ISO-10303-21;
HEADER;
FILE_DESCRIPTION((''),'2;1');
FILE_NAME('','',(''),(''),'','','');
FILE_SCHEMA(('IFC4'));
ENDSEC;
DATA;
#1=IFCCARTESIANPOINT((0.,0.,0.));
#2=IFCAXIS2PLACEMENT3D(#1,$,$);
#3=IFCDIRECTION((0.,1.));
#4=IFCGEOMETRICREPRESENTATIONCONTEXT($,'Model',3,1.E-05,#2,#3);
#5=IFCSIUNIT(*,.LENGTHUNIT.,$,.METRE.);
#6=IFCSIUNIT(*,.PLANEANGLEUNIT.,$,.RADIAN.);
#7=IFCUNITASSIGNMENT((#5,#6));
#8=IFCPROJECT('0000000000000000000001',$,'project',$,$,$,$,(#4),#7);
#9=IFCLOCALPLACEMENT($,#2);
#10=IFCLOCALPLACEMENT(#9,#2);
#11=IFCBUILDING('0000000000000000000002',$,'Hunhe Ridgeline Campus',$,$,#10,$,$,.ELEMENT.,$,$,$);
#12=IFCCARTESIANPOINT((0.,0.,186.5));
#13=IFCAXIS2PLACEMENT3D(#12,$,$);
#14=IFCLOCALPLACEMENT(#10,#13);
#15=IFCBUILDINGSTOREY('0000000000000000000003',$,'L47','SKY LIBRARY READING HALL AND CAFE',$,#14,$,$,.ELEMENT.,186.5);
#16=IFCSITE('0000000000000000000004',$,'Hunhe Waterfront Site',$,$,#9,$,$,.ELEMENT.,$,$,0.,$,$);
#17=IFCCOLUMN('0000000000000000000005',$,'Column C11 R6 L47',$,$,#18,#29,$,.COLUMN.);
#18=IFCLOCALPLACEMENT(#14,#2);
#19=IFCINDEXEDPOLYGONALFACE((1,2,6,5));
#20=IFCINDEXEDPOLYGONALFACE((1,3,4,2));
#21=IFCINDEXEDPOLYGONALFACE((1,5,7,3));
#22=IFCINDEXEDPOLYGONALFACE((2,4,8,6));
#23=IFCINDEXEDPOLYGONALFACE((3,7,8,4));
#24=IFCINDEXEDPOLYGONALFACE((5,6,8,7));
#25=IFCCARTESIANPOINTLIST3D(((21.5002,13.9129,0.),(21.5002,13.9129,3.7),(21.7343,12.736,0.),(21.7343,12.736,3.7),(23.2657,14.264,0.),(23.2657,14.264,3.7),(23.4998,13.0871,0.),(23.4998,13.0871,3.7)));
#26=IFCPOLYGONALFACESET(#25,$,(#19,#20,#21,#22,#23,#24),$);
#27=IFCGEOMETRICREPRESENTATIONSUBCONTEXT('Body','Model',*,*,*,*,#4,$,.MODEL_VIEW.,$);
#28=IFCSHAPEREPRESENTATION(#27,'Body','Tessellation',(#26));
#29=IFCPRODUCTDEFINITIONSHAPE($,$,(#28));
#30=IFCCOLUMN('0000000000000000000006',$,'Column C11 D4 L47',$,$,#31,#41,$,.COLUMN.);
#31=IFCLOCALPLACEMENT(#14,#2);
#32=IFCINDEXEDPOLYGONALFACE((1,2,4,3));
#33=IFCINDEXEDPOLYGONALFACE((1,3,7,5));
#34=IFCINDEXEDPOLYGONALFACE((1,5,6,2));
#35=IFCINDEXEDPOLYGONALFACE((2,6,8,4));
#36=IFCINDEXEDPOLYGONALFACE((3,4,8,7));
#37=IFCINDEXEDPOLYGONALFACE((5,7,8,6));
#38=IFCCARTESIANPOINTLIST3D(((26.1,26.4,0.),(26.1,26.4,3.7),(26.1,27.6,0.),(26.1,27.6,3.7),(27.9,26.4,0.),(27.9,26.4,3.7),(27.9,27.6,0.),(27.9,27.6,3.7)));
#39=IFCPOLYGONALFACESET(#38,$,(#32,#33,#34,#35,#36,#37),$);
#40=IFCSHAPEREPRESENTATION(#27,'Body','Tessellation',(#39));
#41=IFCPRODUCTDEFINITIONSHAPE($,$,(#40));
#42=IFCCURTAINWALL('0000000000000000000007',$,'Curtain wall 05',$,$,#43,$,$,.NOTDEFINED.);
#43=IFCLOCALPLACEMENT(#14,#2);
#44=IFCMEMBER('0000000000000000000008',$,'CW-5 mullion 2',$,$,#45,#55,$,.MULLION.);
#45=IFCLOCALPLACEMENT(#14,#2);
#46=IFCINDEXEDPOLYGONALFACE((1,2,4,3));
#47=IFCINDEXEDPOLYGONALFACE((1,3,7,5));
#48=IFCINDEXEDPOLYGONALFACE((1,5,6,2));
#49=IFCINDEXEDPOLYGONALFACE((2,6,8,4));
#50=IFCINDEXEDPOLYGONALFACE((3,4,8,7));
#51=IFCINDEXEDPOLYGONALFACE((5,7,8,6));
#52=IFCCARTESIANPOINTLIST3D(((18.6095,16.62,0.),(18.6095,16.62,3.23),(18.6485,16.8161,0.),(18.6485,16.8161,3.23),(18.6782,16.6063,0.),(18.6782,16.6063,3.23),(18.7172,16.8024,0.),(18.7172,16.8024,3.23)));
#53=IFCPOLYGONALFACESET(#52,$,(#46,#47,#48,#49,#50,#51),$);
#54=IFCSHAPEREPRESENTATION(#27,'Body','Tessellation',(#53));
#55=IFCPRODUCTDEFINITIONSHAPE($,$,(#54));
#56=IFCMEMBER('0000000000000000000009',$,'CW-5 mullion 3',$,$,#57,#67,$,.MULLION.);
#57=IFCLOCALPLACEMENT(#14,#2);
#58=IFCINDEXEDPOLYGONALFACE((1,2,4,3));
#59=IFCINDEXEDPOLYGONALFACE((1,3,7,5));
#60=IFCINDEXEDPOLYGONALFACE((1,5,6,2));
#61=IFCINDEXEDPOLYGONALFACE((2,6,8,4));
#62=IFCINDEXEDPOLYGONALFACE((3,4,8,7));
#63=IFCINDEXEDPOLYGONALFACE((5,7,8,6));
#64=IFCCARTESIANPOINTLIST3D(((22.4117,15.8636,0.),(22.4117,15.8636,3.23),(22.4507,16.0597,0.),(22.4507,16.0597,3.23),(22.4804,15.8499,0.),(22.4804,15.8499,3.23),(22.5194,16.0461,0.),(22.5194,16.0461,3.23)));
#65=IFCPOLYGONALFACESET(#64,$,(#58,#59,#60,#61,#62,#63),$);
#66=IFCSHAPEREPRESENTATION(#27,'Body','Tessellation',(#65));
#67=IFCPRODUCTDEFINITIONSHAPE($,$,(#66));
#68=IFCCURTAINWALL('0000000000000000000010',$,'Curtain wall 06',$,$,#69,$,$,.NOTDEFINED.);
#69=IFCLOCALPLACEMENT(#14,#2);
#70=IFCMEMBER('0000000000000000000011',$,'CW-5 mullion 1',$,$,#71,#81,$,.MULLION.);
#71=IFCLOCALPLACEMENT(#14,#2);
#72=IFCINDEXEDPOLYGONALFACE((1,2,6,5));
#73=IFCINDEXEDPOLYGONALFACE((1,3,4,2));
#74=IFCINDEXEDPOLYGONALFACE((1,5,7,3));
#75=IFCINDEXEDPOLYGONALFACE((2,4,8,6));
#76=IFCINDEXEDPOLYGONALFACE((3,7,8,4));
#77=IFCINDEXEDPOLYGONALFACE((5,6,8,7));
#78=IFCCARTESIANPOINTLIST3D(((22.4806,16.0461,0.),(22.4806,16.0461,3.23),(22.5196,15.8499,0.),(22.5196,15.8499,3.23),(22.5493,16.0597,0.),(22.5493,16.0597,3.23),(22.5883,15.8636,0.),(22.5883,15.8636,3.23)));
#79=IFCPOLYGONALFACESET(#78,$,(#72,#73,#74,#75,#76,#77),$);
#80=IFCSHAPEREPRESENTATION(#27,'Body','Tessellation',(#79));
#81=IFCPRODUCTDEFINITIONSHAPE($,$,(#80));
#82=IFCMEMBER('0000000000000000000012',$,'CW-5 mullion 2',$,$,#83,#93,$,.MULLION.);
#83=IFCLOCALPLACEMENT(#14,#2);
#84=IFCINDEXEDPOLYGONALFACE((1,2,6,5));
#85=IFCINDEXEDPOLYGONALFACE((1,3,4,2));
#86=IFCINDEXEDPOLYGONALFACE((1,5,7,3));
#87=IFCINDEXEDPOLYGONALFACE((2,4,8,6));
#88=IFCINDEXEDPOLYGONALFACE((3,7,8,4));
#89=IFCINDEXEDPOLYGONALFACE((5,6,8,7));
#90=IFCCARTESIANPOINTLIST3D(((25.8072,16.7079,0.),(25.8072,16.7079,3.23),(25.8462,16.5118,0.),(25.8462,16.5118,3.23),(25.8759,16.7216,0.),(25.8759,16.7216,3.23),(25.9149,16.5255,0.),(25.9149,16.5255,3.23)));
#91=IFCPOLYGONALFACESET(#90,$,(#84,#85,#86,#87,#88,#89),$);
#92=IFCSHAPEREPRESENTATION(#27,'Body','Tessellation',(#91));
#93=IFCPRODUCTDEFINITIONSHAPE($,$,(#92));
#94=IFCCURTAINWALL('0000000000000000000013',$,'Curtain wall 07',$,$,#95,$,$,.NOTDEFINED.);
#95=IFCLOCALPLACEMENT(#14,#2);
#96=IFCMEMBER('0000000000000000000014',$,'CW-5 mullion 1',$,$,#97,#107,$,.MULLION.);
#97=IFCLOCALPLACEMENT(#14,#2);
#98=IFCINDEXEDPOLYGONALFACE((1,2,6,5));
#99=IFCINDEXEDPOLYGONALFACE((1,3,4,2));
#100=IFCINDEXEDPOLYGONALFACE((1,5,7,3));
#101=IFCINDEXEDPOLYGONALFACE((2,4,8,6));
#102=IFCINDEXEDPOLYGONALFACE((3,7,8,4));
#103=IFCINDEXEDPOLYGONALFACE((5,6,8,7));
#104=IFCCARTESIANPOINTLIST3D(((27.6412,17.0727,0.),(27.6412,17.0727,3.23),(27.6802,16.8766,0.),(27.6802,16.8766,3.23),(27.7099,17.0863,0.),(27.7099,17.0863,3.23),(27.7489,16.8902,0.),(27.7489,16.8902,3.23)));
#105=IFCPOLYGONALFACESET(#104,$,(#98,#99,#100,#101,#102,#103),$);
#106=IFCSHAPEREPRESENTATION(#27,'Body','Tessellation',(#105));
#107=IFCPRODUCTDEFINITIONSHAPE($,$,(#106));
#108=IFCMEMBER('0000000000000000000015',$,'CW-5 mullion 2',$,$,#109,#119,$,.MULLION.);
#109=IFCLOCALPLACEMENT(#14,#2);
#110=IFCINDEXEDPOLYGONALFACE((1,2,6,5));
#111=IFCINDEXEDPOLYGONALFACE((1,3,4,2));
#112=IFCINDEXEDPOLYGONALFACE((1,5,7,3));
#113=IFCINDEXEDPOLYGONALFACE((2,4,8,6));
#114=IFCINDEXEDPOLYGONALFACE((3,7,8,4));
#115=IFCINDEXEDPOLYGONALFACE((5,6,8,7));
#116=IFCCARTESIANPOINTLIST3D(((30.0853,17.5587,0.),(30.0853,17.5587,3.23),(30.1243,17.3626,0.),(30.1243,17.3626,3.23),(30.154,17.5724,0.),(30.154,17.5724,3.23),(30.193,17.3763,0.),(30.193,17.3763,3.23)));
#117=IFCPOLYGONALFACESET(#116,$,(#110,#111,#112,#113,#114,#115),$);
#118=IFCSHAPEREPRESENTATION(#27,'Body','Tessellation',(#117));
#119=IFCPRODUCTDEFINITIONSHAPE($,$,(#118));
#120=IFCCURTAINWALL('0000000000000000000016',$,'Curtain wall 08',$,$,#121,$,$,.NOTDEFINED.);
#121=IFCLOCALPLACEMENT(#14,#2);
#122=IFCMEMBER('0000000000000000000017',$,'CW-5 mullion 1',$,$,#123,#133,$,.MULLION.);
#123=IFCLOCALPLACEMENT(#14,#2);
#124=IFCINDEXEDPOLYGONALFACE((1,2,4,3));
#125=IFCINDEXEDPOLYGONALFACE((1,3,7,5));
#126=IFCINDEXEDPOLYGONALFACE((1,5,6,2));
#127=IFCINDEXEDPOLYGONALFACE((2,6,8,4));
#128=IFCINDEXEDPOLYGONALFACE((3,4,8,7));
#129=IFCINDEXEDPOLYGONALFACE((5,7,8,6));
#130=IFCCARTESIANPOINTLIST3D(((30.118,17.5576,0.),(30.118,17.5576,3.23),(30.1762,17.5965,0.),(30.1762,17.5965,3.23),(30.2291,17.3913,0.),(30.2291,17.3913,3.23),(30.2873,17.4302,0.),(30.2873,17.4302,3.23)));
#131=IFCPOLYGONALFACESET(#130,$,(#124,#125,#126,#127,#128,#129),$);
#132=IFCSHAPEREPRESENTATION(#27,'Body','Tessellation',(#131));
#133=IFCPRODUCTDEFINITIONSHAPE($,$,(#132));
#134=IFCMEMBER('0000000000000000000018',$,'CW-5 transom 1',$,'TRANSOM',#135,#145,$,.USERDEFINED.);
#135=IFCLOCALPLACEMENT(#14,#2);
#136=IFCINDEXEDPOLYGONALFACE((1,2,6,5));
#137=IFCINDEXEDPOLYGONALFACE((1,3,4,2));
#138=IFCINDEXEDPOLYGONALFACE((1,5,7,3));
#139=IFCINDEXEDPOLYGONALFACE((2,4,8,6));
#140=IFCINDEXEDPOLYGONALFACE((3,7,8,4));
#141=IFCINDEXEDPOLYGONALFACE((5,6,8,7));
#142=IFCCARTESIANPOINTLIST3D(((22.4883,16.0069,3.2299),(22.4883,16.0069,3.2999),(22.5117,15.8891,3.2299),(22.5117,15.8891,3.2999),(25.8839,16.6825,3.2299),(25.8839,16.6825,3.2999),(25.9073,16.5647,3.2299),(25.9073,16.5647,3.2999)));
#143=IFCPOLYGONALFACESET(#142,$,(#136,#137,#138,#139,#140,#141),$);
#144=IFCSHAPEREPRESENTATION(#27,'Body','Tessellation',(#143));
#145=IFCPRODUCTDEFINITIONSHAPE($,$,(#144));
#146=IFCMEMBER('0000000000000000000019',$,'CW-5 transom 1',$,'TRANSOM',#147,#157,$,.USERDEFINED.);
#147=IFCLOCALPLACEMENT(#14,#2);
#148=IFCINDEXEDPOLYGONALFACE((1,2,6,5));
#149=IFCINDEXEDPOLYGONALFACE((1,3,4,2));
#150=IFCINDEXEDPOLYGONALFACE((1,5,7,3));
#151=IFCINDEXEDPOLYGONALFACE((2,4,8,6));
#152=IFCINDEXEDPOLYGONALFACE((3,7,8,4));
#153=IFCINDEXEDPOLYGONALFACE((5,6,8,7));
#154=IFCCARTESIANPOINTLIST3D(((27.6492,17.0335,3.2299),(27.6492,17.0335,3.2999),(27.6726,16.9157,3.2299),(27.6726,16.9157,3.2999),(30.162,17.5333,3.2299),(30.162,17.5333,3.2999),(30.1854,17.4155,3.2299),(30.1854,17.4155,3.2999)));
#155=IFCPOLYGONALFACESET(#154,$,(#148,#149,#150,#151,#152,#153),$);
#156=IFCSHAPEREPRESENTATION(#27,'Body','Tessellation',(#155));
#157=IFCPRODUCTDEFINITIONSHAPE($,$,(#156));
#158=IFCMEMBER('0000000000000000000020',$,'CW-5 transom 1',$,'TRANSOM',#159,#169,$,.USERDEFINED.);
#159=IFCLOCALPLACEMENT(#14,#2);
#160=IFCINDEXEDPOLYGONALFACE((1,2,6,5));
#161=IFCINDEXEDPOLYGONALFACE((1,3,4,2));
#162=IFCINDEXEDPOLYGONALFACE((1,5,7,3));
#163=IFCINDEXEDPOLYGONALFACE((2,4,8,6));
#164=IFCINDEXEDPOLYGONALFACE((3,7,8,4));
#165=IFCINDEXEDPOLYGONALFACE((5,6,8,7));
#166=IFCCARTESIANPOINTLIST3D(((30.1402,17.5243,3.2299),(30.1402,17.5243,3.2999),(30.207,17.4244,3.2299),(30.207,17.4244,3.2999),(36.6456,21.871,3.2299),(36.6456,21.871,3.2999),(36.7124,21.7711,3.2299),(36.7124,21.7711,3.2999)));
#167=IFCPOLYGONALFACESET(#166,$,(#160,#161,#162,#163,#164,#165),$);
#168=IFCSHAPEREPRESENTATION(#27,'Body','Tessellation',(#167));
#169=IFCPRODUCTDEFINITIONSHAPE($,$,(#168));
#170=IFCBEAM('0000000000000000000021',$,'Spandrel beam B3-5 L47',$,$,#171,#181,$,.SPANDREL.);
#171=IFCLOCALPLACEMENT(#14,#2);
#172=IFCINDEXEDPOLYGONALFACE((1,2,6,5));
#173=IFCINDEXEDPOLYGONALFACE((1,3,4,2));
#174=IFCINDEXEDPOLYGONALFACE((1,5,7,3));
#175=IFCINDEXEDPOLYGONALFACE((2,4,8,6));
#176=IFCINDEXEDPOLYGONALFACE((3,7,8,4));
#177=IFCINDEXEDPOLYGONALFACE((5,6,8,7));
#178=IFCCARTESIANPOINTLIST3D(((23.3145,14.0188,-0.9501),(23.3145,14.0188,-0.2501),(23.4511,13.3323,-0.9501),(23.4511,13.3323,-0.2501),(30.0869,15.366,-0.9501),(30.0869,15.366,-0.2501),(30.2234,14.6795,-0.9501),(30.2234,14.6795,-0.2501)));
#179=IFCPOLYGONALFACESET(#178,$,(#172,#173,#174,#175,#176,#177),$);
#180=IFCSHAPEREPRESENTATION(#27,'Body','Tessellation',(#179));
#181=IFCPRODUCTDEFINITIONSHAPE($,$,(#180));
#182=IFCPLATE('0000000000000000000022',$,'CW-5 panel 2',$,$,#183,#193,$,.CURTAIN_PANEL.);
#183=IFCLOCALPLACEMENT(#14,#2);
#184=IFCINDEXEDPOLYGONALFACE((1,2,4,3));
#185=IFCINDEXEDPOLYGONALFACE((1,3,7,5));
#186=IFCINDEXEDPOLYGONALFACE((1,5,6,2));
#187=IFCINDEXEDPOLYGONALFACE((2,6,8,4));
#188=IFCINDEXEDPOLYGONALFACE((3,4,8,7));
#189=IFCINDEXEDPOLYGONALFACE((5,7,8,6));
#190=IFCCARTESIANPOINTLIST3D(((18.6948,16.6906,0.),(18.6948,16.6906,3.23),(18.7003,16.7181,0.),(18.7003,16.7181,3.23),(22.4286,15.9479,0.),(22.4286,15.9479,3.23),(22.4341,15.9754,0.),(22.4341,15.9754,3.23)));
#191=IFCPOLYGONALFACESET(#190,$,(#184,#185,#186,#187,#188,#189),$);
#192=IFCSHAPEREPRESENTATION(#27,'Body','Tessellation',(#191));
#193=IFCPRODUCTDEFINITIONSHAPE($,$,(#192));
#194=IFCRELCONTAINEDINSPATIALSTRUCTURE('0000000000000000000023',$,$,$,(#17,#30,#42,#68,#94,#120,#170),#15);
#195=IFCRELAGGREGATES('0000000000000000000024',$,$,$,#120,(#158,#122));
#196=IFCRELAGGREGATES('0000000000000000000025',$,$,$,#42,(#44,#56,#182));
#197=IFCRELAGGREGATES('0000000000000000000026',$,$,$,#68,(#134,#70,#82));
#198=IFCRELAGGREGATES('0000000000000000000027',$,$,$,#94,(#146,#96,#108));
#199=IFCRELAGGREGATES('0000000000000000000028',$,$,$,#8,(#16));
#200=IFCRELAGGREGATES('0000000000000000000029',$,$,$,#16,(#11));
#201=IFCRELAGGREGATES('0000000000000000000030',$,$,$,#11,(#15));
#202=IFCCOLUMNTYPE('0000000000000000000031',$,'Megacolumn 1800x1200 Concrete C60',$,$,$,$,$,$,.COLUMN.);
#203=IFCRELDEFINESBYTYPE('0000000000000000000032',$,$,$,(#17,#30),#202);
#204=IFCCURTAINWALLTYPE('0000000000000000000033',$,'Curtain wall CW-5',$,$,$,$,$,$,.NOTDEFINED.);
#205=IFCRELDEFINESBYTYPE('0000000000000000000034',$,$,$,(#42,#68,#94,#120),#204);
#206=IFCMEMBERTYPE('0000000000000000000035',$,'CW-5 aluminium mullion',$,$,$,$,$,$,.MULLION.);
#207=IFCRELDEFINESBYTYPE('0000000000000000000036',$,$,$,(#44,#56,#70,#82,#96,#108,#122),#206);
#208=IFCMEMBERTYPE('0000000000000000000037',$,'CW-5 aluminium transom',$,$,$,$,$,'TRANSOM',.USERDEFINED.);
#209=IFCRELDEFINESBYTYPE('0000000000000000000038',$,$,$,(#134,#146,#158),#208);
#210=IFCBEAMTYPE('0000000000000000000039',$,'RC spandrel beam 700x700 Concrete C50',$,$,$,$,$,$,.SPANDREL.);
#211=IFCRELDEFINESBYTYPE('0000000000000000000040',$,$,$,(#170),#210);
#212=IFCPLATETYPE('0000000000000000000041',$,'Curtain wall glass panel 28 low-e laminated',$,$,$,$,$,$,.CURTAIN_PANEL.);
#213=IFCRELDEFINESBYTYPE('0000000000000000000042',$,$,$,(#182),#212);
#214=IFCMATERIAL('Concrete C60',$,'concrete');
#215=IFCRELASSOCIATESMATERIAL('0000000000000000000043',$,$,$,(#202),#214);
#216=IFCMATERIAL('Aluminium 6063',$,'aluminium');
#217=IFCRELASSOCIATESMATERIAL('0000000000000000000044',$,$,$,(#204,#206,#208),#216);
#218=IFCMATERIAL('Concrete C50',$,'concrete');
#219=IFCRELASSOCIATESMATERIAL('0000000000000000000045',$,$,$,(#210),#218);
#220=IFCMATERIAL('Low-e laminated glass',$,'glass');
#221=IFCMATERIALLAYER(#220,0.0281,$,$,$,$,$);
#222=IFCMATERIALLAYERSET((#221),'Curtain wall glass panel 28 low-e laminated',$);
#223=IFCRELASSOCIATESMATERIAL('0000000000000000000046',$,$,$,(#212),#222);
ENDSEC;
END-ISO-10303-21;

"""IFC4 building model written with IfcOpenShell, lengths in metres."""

from ifc_helpers import new_model, si_unit, direction, frame, origin, origin_2d, place, context, subcontext, project, spatial, rectangle, extrude, material, layer, layer_set, material_profile, profile_set, type_object, element, aggregate, save


model = new_model("IFC4")

# Units and contexts
model_context = context("Model", 3, precision=1e-05, world=origin(), true_north=direction((0.0, 1.0)))
body_context = subcontext(model_context, "Body", "Model", "MODEL_VIEW")
ifc_project = project(units=[si_unit("LENGTHUNIT", "METRE"), si_unit("PLANEANGLEUNIT", "RADIAN")], contexts=[model_context])

# Site, building, storey
site_placement = place(None, origin())
site = spatial("IfcSite", under=ifc_project, at=site_placement, Name="Hunhe Waterfront Site", CompositionType="ELEMENT", RefElevation=0.0)
building_placement = place(site_placement, origin())
building = spatial("IfcBuilding", under=site, at=building_placement, Name="Hunhe Ridgeline Campus", CompositionType="ELEMENT")
storey_placement = place(building_placement, frame((0.0, 0.0, 186.5)))
storey = spatial("IfcBuildingStorey", under=building, at=storey_placement, Name="L47", Description="SKY LIBRARY READING HALL AND CAFE", CompositionType="ELEMENT", Elevation=186.5)

# Columns
ifc_material_1 = material(Name="Concrete C60", Category="concrete")
ifc_material_profile_1 = material_profile(ifc_material_1, rectangle(XDim=1.8, YDim=1.2, at=origin_2d()))
ifc_profile_set_1 = profile_set([ifc_material_profile_1], Name="Concrete C60")
column_type = type_object("IfcColumnType", Name="Megacolumn 1800x1200 Concrete C60", PredefinedType="COLUMN", material=ifc_profile_set_1)
for number, where, z_axis, x_axis, name in (
    (1, (22.5, 13.5, 0.0), (0.0, 0.0, 1.0), (0.980785, 0.19509, 0.0), "Column C11 R6 L47"),
    (2, (27.0, 27.0, 0.0), (0.0, 0.0, 1.0), (1.0, 0.0, 0.0), "Column C11 D4 L47"),
):
    element("IfcColumn", number, at=place(storey_placement, frame(where, z_axis=z_axis, x_axis=x_axis)), inside=storey, type_object=column_type, Name=name, PredefinedType="COLUMN", context=body_context, shape_type="SweptSolid", body=[
        extrude(rectangle(XDim=1.8, YDim=1.2, at=origin_2d()), origin(), (0.0, 0.0, 1.0), 3.7),
    ])

# Curtain walls, members
ifc_material_2 = material(Name="Aluminium 6063", Category="aluminium")
curtain_wall_type = type_object("IfcCurtainWallType", Name="Curtain wall CW-5", PredefinedType="NOTDEFINED", material=ifc_material_2)
curtain_wall_1_placement = place(storey_placement, origin())
curtain_wall_1 = element("IfcCurtainWall", 3, at=curtain_wall_1_placement, inside=storey, type_object=curtain_wall_type, Name="Curtain wall 05", PredefinedType="NOTDEFINED")
ifc_material_profile_2 = material_profile(ifc_material_2, rectangle(XDim=0.2, YDim=0.0701, at=origin_2d()))
ifc_profile_set_2 = profile_set([ifc_material_profile_2], Name="Aluminium 6063")
member_type_1 = type_object("IfcMemberType", Name="CW-5 aluminium mullion", PredefinedType="MULLION", material=ifc_profile_set_2)
member_1_placement = place(storey_placement, frame((18.6633, 16.7112, 0.0), z_axis=(0.0, 0.0, 1.0), x_axis=(0.19509, 0.980785, 0.0)))
member_1 = element("IfcMember", 4, at=member_1_placement, type_object=member_type_1, Name="CW-5 mullion 2", PredefinedType="MULLION", context=body_context, shape_type="SweptSolid", body=[
    extrude(rectangle(XDim=0.2, YDim=0.0701, at=origin_2d()), origin(), (0.0, 0.0, 1.0), 3.23),
])
member_2_placement = place(storey_placement, frame((22.4656, 15.9548, 0.0), z_axis=(0.0, 0.0, 1.0), x_axis=(0.19509, 0.980785, 0.0)))
member_2 = element("IfcMember", 5, at=member_2_placement, type_object=member_type_1, Name="CW-5 mullion 3", PredefinedType="MULLION", context=body_context, shape_type="SweptSolid", body=[
    extrude(rectangle(XDim=0.2, YDim=0.0701, at=origin_2d()), origin(), (0.0, 0.0, 1.0), 3.23),
])
curtain_wall_2_placement = place(storey_placement, origin())
curtain_wall_2 = element("IfcCurtainWall", 6, at=curtain_wall_2_placement, inside=storey, type_object=curtain_wall_type, Name="Curtain wall 06", PredefinedType="NOTDEFINED")
member_3_placement = place(storey_placement, frame((22.5344, 15.9548, 0.0), z_axis=(0.0, 0.0, 1.0), x_axis=(-0.19509, 0.980785, 0.0)))
member_3 = element("IfcMember", 7, at=member_3_placement, type_object=member_type_1, Name="CW-5 mullion 1", PredefinedType="MULLION", context=body_context, shape_type="SweptSolid", body=[
    extrude(rectangle(XDim=0.2, YDim=0.0701, at=origin_2d()), origin(), (0.0, 0.0, 1.0), 3.23),
])
member_4_placement = place(storey_placement, frame((25.8611, 16.6167, 0.0), z_axis=(0.0, 0.0, 1.0), x_axis=(-0.19509, 0.980785, 0.0)))
member_4 = element("IfcMember", 8, at=member_4_placement, type_object=member_type_1, Name="CW-5 mullion 2", PredefinedType="MULLION", context=body_context, shape_type="SweptSolid", body=[
    extrude(rectangle(XDim=0.2, YDim=0.0701, at=origin_2d()), origin(), (0.0, 0.0, 1.0), 3.23),
])
curtain_wall_3_placement = place(storey_placement, origin())
curtain_wall_3 = element("IfcCurtainWall", 9, at=curtain_wall_3_placement, inside=storey, type_object=curtain_wall_type, Name="Curtain wall 07", PredefinedType="NOTDEFINED")
member_5_placement = place(storey_placement, frame((27.6951, 16.9814, 0.0), z_axis=(0.0, 0.0, 1.0), x_axis=(-0.195091, 0.980785, 0.0)))
member_5 = element("IfcMember", 10, at=member_5_placement, type_object=member_type_1, Name="CW-5 mullion 1", PredefinedType="MULLION", context=body_context, shape_type="SweptSolid", body=[
    extrude(rectangle(XDim=0.2, YDim=0.0701, at=origin_2d()), origin(), (0.0, 0.0, 1.0), 3.23),
])
member_6_placement = place(storey_placement, frame((30.1392, 17.4675, 0.0), z_axis=(0.0, 0.0, 1.0), x_axis=(-0.195091, 0.980785, 0.0)))
member_6 = element("IfcMember", 11, at=member_6_placement, type_object=member_type_1, Name="CW-5 mullion 2", PredefinedType="MULLION", context=body_context, shape_type="SweptSolid", body=[
    extrude(rectangle(XDim=0.2, YDim=0.0701, at=origin_2d()), origin(), (0.0, 0.0, 1.0), 3.23),
])

# Curtain wall, member
curtain_wall_4_placement = place(storey_placement, origin())
curtain_wall_4 = element("IfcCurtainWall", 12, at=curtain_wall_4_placement, inside=storey, type_object=curtain_wall_type, Name="Curtain wall 08", PredefinedType="NOTDEFINED")
member_7_placement = place(storey_placement, frame((30.2026, 17.4939, 0.0), z_axis=(0.0, 0.0, 1.0), x_axis=(-0.55557, 0.83147, 0.0)))
member_7 = element("IfcMember", 13, at=member_7_placement, type_object=member_type_1, Name="CW-5 mullion 1", PredefinedType="MULLION", context=body_context, shape_type="SweptSolid", body=[
    extrude(rectangle(XDim=0.2, YDim=0.0701, at=origin_2d()), origin(), (0.0, 0.0, 1.0), 3.23),
])

# Members
ifc_material_profile_3 = material_profile(ifc_material_2, rectangle(XDim=0.1201, YDim=0.0701, at=origin_2d()))
ifc_profile_set_3 = profile_set([ifc_material_profile_3], Name="Aluminium 6063")
member_type_2 = type_object("IfcMemberType", Name="CW-5 aluminium transom", ElementType="TRANSOM", PredefinedType="USERDEFINED", material=ifc_profile_set_3)
member_8_placement = place(storey_placement, frame((22.5, 15.948, 3.2649), z_axis=(0.980778, 0.195126, 0.0), x_axis=(-0.195126, 0.980778, 0.0)))
member_8 = element("IfcMember", 14, at=member_8_placement, type_object=member_type_2, Name="CW-5 transom 1", ObjectType="TRANSOM", PredefinedType="USERDEFINED", context=body_context, shape_type="SweptSolid", body=[
    extrude(rectangle(XDim=0.1201, YDim=0.0701, at=origin_2d()), origin(), (0.0, 0.0, 1.0), 3.4622),
])
member_9_placement = place(storey_placement, frame((27.6609, 16.9746, 3.2649), z_axis=(0.980789, 0.195071, 0.0), x_axis=(-0.195071, 0.980789, 0.0)))
member_9 = element("IfcMember", 15, at=member_9_placement, type_object=member_type_2, Name="CW-5 transom 1", ObjectType="TRANSOM", PredefinedType="USERDEFINED", context=body_context, shape_type="SweptSolid", body=[
    extrude(rectangle(XDim=0.1201, YDim=0.0701, at=origin_2d()), origin(), (0.0, 0.0, 1.0), 2.562),
])
member_10_placement = place(storey_placement, frame((30.1736, 17.4744, 3.2649), z_axis=(0.831474, 0.555564, 0.0), x_axis=(-0.555564, 0.831474, 0.0)))
member_10 = element("IfcMember", 16, at=member_10_placement, type_object=member_type_2, Name="CW-5 transom 1", ObjectType="TRANSOM", PredefinedType="USERDEFINED", context=body_context, shape_type="SweptSolid", body=[
    extrude(rectangle(XDim=0.1201, YDim=0.0701, at=origin_2d()), origin(), (0.0, 0.0, 1.0), 7.824),
])
aggregate(curtain_wall_4, [member_10, member_7])

# Beam
ifc_material_3 = material(Name="Concrete C50", Category="concrete")
ifc_material_profile_4 = material_profile(ifc_material_3, rectangle(XDim=0.7, YDim=0.7, at=origin_2d()))
ifc_profile_set_4 = profile_set([ifc_material_profile_4], Name="Concrete C50")
beam_type = type_object("IfcBeamType", Name="RC spandrel beam 700x700 Concrete C50", PredefinedType="SPANDREL", material=ifc_profile_set_4)
beam_placement = place(storey_placement, frame((23.3828, 13.6755, -0.6001), z_axis=(0.980783, 0.195103, 0.0), x_axis=(-0.195103, 0.980783, 0.0)))
element("IfcBeam", 17, at=beam_placement, inside=storey, type_object=beam_type, Name="Spandrel beam B3-5 L47", PredefinedType="SPANDREL", context=body_context, shape_type="SweptSolid", body=[
    extrude(rectangle(XDim=0.7, YDim=0.7, at=origin_2d()), origin(), (0.0, 0.0, 1.0), 6.905),
])

# Plate
ifc_material_4 = material(Name="Low-e laminated glass", Category="glass")
ifc_layer_1 = layer(ifc_material_4, 0.0281)
ifc_layer_set_1 = layer_set([ifc_layer_1], Name="Curtain wall glass panel 28 low-e laminated")
plate_type = type_object("IfcPlateType", Name="Curtain wall glass panel 28 low-e laminated", PredefinedType="CURTAIN_PANEL", material=ifc_layer_set_1)
plate_1_placement = place(storey_placement, frame((20.5645, 16.333, 0.0), z_axis=(0.0, 0.0, 1.0), x_axis=(0.980785, -0.19509, 0.0)))
plate_1 = element("IfcPlate", 18, at=plate_1_placement, type_object=plate_type, Name="CW-5 panel 2", PredefinedType="CURTAIN_PANEL", context=body_context, shape_type="SweptSolid", body=[
    extrude(rectangle(XDim=3.8069, YDim=0.0281, at=origin_2d()), origin(), (0.0, 0.0, 1.0), 3.23),
])
aggregate(curtain_wall_1, [member_1, member_2, plate_1])
aggregate(curtain_wall_2, [member_8, member_3, member_4])
aggregate(curtain_wall_3, [member_9, member_5, member_6])

save(model, "model.ifc")
